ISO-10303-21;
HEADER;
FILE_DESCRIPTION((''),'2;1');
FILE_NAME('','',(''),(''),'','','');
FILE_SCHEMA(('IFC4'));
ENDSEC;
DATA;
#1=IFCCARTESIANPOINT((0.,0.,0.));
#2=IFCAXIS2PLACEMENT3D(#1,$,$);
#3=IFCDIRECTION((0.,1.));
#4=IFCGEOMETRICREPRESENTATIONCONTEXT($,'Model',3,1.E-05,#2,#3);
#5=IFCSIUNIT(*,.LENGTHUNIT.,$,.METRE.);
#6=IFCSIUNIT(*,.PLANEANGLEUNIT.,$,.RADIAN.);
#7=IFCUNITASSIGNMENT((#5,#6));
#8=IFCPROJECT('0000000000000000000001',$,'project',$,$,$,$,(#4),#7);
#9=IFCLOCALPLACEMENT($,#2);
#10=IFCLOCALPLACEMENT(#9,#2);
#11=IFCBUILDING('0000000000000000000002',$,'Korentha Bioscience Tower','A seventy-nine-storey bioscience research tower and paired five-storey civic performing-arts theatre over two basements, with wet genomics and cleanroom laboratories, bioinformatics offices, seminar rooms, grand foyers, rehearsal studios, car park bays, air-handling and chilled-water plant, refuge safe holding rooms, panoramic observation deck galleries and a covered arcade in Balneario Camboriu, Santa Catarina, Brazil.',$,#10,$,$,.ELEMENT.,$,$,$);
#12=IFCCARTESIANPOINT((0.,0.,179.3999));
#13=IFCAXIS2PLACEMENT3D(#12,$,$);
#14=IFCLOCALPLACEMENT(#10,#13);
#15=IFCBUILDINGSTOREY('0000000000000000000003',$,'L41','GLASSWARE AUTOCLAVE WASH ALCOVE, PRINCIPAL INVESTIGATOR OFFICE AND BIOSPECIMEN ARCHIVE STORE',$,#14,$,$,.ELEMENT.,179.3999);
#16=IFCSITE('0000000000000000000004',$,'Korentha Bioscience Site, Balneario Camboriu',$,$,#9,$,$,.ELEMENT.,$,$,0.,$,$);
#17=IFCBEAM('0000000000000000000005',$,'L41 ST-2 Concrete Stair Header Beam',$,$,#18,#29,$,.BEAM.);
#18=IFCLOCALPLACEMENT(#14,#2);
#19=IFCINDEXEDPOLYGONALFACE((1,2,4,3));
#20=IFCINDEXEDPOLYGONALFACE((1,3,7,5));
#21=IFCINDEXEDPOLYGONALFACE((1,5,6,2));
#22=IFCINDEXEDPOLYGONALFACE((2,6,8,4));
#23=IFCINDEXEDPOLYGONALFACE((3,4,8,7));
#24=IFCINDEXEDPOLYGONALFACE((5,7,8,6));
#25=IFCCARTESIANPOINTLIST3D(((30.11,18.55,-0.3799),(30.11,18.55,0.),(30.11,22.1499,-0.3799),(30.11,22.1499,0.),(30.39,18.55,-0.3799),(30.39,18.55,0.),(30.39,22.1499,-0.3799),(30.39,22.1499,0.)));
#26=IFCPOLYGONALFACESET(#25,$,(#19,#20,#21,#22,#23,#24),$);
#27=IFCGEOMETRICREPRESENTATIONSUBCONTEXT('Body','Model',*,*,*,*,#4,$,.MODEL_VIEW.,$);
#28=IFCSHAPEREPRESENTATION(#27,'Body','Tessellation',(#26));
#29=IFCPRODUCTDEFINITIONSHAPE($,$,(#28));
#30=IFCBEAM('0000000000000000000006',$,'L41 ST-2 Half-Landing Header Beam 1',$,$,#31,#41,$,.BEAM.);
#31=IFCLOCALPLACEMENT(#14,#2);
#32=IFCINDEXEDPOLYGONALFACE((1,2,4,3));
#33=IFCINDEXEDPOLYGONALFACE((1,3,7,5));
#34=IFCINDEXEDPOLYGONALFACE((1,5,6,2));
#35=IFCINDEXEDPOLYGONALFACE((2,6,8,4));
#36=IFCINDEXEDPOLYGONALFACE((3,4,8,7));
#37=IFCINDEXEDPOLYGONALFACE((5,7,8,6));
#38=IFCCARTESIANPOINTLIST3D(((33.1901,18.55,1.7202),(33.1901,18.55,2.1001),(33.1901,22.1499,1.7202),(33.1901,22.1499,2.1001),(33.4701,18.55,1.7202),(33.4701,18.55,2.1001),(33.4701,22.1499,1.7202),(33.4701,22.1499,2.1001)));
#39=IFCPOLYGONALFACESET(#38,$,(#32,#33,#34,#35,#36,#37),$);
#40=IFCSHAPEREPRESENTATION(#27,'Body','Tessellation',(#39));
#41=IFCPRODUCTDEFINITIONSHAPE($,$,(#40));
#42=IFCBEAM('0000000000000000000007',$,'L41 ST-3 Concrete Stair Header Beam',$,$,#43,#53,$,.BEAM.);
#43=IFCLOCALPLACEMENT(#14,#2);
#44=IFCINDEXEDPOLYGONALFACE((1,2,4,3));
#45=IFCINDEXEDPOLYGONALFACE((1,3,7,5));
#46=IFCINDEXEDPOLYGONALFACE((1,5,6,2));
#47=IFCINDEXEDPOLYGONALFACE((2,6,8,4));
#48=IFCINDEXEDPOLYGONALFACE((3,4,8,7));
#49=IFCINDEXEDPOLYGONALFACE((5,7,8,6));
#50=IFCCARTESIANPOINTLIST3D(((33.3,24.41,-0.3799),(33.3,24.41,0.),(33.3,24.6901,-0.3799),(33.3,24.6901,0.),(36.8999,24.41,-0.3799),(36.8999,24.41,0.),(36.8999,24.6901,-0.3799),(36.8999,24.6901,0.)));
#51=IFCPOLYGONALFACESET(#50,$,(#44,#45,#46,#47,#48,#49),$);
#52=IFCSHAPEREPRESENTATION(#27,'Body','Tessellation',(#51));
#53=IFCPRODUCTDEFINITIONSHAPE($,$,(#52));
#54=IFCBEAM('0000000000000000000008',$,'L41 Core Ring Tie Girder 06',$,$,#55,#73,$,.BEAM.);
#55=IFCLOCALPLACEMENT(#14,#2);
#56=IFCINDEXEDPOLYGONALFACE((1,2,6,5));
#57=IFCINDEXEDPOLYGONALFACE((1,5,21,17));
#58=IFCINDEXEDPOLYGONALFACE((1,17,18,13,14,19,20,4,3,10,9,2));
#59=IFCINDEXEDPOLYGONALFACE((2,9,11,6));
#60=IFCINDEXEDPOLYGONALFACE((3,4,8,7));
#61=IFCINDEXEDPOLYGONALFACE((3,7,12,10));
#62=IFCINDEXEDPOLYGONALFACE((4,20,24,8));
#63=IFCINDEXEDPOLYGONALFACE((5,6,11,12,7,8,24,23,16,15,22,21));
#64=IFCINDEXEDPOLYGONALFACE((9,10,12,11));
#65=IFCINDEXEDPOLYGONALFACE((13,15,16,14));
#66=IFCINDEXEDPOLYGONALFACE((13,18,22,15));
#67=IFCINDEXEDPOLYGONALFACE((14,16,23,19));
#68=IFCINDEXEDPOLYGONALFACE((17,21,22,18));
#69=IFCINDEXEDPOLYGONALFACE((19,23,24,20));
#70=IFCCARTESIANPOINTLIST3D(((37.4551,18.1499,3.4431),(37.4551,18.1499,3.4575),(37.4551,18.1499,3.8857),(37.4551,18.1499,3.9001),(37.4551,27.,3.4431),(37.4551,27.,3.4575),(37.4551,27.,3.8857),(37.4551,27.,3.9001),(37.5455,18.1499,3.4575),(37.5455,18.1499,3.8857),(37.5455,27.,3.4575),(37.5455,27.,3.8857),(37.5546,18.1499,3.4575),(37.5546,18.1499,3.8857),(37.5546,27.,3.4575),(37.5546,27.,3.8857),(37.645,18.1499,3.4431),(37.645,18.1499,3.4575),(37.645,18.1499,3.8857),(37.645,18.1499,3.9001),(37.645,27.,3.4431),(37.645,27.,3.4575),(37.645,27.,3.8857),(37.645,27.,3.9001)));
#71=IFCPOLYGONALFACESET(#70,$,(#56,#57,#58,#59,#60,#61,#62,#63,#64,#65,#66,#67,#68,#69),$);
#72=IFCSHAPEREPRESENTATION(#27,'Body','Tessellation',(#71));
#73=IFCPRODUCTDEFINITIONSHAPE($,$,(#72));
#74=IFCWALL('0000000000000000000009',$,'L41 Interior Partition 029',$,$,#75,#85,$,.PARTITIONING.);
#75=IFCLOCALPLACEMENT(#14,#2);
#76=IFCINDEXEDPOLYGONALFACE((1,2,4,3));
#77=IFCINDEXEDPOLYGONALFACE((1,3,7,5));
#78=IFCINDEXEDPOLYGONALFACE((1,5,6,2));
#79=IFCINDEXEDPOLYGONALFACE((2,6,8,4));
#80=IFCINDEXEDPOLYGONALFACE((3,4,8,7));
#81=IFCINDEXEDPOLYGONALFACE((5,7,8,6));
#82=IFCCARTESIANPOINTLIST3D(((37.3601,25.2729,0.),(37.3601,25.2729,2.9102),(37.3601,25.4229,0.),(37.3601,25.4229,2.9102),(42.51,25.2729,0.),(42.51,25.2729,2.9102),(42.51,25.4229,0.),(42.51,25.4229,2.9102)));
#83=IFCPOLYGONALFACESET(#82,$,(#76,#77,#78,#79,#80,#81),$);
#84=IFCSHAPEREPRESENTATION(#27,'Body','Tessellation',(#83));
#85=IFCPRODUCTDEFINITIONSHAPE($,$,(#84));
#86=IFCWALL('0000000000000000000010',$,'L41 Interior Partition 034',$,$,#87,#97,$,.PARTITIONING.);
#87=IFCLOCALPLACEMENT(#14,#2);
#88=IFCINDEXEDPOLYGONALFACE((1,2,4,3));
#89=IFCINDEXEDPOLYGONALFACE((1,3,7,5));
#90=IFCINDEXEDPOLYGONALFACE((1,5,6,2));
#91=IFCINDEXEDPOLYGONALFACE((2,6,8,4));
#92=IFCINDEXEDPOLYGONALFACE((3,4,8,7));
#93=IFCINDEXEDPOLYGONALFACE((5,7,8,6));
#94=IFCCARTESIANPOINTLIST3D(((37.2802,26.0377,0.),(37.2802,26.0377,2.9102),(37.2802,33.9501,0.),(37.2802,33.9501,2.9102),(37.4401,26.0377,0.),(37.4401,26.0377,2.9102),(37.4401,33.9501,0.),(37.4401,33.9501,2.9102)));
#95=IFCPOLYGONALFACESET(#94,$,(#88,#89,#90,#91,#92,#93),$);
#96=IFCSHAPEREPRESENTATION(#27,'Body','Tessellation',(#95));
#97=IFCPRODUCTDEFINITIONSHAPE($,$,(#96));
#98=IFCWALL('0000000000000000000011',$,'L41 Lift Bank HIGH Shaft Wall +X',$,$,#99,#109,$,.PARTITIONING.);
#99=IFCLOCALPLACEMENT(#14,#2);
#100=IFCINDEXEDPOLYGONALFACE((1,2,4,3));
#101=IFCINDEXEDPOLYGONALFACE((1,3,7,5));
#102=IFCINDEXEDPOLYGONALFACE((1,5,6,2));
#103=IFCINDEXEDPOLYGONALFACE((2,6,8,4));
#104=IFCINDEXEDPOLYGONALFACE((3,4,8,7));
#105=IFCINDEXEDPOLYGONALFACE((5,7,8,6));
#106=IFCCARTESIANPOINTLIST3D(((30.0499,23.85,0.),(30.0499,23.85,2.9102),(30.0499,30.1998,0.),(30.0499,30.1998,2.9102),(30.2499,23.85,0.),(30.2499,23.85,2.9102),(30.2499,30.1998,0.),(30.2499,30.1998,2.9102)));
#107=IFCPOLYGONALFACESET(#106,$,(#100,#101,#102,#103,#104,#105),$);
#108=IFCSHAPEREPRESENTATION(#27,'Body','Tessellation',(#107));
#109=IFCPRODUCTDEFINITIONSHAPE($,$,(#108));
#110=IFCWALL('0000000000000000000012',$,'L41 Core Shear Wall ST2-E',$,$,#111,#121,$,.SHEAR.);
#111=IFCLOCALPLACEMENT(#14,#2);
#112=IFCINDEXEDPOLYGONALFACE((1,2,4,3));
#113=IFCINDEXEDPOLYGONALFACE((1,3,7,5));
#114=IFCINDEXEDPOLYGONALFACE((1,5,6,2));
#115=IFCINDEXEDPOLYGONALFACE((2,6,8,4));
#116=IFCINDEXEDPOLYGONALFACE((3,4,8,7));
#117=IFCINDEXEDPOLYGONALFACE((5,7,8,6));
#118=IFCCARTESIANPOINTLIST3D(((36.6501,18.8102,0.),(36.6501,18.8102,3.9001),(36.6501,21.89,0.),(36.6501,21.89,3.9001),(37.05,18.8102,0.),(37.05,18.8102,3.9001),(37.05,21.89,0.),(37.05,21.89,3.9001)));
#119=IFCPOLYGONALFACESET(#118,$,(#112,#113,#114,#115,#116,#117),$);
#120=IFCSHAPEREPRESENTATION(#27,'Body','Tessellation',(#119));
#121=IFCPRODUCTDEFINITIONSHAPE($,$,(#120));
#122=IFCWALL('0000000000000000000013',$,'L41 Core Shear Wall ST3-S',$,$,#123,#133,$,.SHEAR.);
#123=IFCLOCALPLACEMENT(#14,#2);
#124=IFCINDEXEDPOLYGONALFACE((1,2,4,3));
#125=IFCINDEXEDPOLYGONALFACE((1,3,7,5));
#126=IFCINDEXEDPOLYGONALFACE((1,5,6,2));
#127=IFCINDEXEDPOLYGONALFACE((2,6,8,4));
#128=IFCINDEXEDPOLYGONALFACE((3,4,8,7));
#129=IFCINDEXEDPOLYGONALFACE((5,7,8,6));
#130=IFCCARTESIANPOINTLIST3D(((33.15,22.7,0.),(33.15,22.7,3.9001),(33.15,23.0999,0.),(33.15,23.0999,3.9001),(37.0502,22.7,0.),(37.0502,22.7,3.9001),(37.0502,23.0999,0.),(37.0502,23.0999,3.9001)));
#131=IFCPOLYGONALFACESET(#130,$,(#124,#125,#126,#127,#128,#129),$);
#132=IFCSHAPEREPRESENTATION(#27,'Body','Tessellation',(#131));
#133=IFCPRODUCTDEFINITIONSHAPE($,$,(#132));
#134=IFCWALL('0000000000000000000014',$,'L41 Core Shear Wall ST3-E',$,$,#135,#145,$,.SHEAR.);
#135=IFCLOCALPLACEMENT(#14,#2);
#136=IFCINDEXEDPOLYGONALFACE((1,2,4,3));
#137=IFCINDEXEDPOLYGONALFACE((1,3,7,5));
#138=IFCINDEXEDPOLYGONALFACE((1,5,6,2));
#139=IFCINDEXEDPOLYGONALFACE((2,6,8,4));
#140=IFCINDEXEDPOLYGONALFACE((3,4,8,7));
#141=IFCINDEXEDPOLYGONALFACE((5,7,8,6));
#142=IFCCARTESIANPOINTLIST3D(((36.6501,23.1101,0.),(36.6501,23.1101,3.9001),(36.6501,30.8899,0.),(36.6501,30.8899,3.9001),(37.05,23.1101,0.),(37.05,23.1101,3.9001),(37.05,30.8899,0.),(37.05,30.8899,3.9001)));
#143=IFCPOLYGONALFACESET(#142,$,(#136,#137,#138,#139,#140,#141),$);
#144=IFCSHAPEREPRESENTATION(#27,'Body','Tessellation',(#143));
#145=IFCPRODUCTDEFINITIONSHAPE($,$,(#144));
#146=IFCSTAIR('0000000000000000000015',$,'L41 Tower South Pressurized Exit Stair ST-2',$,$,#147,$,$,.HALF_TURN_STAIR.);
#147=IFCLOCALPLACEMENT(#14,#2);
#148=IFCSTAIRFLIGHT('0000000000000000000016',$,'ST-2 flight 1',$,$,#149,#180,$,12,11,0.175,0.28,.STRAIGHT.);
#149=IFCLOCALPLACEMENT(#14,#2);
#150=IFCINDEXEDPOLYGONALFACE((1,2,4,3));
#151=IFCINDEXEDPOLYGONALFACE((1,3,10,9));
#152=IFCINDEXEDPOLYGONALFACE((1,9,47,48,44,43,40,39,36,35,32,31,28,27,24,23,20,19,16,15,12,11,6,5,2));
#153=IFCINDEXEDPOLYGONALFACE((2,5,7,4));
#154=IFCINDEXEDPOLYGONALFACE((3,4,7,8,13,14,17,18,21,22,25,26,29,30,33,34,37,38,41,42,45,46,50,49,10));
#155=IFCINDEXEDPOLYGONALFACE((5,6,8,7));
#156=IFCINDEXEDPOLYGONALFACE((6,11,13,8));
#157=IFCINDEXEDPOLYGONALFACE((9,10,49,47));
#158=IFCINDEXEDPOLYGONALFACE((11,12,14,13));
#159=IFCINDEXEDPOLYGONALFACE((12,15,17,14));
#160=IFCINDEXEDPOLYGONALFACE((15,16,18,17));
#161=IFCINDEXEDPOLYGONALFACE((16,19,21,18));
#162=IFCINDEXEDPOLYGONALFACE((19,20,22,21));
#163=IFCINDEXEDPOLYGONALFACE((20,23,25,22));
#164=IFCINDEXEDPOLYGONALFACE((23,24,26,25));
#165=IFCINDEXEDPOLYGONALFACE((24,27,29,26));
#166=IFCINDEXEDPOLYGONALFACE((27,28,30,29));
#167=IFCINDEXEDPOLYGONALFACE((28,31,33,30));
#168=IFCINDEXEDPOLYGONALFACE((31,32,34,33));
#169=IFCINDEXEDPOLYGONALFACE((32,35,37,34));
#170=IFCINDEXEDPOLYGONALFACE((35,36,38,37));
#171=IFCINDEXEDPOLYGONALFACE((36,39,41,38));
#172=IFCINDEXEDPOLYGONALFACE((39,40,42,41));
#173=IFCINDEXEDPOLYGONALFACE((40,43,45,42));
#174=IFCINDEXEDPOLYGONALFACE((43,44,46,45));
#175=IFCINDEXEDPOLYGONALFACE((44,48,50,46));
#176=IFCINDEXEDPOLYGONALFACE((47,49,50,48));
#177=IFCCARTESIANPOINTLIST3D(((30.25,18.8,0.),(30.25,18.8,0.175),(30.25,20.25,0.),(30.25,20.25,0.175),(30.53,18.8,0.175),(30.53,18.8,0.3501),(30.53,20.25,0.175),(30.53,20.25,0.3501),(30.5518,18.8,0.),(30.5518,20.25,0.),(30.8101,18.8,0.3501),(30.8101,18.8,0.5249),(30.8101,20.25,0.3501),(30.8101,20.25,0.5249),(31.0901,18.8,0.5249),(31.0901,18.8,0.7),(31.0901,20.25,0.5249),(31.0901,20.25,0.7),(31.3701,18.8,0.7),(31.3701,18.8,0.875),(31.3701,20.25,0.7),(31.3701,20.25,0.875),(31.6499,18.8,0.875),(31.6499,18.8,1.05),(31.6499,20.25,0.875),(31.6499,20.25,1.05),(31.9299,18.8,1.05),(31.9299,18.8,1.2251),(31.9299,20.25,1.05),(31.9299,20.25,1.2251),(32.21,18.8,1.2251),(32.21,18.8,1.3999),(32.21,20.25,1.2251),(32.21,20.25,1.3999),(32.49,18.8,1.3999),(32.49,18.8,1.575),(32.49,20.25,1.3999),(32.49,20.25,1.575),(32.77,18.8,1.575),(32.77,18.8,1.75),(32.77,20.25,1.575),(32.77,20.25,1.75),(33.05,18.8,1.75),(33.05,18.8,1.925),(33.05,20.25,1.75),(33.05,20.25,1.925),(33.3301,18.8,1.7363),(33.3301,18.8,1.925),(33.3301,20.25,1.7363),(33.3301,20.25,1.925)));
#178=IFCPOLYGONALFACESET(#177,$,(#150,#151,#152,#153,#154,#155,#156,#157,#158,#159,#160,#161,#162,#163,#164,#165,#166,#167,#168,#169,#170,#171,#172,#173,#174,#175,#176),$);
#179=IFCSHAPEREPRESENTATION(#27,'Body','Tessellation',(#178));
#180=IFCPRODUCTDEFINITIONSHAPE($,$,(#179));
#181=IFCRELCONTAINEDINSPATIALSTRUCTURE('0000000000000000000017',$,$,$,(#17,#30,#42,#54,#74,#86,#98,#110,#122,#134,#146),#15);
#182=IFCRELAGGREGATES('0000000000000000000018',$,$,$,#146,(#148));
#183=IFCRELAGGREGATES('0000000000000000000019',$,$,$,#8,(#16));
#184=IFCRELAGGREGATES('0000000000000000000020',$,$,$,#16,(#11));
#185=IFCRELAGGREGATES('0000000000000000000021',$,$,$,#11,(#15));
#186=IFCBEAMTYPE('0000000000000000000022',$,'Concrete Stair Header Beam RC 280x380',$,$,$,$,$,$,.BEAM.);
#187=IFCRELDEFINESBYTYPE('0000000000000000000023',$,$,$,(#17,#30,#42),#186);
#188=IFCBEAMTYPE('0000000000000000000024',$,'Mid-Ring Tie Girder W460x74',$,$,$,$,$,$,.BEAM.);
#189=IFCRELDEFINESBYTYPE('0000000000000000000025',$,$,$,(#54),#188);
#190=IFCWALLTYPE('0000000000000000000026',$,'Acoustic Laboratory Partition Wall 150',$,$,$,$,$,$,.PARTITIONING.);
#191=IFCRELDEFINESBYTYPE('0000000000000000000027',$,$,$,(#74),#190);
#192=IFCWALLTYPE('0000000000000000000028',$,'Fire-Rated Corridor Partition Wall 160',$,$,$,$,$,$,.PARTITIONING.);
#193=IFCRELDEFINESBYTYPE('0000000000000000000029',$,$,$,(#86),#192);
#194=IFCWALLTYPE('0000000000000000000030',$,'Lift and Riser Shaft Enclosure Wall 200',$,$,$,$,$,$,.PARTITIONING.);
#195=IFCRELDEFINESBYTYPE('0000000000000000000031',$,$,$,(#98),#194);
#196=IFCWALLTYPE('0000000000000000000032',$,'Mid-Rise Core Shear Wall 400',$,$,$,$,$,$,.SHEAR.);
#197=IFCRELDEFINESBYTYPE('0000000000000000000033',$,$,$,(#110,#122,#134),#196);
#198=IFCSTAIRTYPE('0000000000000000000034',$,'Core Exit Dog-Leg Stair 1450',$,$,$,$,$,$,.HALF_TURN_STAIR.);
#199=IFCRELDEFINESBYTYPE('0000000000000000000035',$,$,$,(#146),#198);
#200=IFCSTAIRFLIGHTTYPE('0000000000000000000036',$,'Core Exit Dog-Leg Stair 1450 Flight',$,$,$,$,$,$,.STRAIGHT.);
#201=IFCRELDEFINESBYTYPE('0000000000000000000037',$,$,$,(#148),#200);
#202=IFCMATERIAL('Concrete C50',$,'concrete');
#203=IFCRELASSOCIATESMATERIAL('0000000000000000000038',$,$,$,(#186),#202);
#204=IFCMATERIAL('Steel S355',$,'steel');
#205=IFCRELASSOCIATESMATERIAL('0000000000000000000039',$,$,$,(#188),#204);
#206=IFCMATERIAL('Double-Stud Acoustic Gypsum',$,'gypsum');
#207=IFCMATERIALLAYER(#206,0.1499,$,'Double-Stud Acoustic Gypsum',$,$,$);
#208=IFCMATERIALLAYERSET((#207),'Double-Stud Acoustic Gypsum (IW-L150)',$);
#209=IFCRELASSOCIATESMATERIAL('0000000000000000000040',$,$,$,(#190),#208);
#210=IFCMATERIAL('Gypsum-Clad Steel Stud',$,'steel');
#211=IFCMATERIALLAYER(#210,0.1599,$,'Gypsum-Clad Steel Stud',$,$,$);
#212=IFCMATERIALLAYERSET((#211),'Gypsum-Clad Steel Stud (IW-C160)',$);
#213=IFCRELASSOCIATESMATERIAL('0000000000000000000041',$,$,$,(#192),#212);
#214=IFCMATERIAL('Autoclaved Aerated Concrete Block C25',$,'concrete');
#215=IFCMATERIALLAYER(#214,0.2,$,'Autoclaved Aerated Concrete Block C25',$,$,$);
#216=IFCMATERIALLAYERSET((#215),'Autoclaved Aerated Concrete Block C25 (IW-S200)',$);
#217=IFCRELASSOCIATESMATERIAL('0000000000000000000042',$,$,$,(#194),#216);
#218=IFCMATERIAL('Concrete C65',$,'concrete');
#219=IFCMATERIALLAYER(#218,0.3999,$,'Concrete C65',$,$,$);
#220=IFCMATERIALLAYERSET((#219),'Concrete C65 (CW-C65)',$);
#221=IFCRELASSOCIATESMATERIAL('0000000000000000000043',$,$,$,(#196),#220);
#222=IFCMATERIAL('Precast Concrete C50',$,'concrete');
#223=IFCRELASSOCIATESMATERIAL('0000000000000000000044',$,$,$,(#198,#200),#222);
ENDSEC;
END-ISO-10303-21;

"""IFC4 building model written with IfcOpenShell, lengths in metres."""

from ifc_helpers import new_model, si_unit, direction, frame, frame_2d, origin, origin_2d, place, context, subcontext, project, spatial, polyline, rectangle, i_section, outline, extrude, material, layer, layer_set, material_profile, profile_set, type_object, element, aggregate, save


model = new_model("IFC4")

# Units and contexts
model_context = context("Model", 3, precision=1e-05, world=origin(), true_north=direction((0.0, 1.0)))
body_context = subcontext(model_context, "Body", "Model", "MODEL_VIEW")
ifc_project = project(units=[si_unit("LENGTHUNIT", "METRE"), si_unit("PLANEANGLEUNIT", "RADIAN")], contexts=[model_context])

# Site, building, storey
site_placement = place(None, origin())
site = spatial("IfcSite", under=ifc_project, at=site_placement, Name="Korentha Bioscience Site, Balneario Camboriu", CompositionType="ELEMENT", RefElevation=0.0)
building_placement = place(site_placement, origin())
building = spatial("IfcBuilding", under=site, at=building_placement, Name="Korentha Bioscience Tower", Description="A seventy-nine-storey bioscience research tower and paired five-storey civic performing-arts theatre over two basements, with wet genomics and cleanroom laboratories, bioinformatics offices, seminar rooms, grand foyers, rehearsal studios, car park bays, air-handling and chilled-water plant, refuge safe holding rooms, panoramic observation deck galleries and a covered arcade in Balneario Camboriu, Santa Catarina, Brazil.", CompositionType="ELEMENT")
storey_placement = place(building_placement, frame((0.0, 0.0, 179.3999)))
storey = spatial("IfcBuildingStorey", under=building, at=storey_placement, Name="L41", Description="GLASSWARE AUTOCLAVE WASH ALCOVE, PRINCIPAL INVESTIGATOR OFFICE AND BIOSPECIMEN ARCHIVE STORE", CompositionType="ELEMENT", Elevation=179.3999)

# Beams
ifc_material_1 = material(Name="Concrete C50", Category="concrete")
ifc_material_profile_1 = material_profile(ifc_material_1, rectangle(XDim=0.28, YDim=0.3799, at=origin_2d()), Name="Concrete C50")
ifc_profile_set_1 = profile_set([ifc_material_profile_1], Name="Concrete C50 (ST-HB380)")
beam_type_1 = type_object("IfcBeamType", Name="Concrete Stair Header Beam RC 280x380", PredefinedType="BEAM", material=ifc_profile_set_1)
for number, where, z_axis, x_axis, name in (
    (1, (30.25, 18.55, -0.1899), (0.0, 1.0, 0.0), (-1.0, 0.0, 0.0), "L41 ST-2 Concrete Stair Header Beam"),
    (2, (33.3301, 18.55, 1.9102), (0.0, 1.0, 0.0), (-1.0, 0.0, 0.0), "L41 ST-2 Half-Landing Header Beam 1"),
    (3, (36.8999, 24.55, -0.1899), (-1.0, 0.0, 0.0), (0.0, -1.0, 0.0), "L41 ST-3 Concrete Stair Header Beam"),
):
    element("IfcBeam", number, at=place(storey_placement, frame(where, z_axis=z_axis, x_axis=x_axis)), inside=storey, type_object=beam_type_1, Name=name, PredefinedType="BEAM", context=body_context, shape_type="SweptSolid", body=[
        extrude(rectangle(XDim=0.28, YDim=0.3799, at=origin_2d()), origin(), (0.0, 0.0, 1.0), 3.5999),
    ])
ifc_material_2 = material(Name="Steel S355", Category="steel")
ifc_material_profile_2 = material_profile(ifc_material_2, i_section(OverallWidth=0.1899, OverallDepth=0.457, WebThickness=0.009, FlangeThickness=0.0144, at=origin_2d()), Name="Steel S355")
ifc_profile_set_2 = profile_set([ifc_material_profile_2], Name="Steel S355 (MB-460)")
beam_type_2 = type_object("IfcBeamType", Name="Mid-Ring Tie Girder W460x74", PredefinedType="BEAM", material=ifc_profile_set_2)
beam_placement = place(storey_placement, frame((37.55, 18.1499, 3.6716), z_axis=(0.0, 1.0, 0.0), x_axis=(-1.0, 0.0, 0.0)))
element("IfcBeam", 4, at=beam_placement, inside=storey, type_object=beam_type_2, Name="L41 Core Ring Tie Girder 06", PredefinedType="BEAM", context=body_context, shape_type="SweptSolid", body=[
    extrude(i_section(OverallWidth=0.1899, OverallDepth=0.457, WebThickness=0.009, FlangeThickness=0.0144, at=origin_2d()), origin(), (0.0, 0.0, 1.0), 8.8501),
])

# Walls
ifc_material_3 = material(Name="Double-Stud Acoustic Gypsum", Category="gypsum")
ifc_layer_1 = layer(ifc_material_3, 0.1499, Name="Double-Stud Acoustic Gypsum")
ifc_layer_set_1 = layer_set([ifc_layer_1], Name="Double-Stud Acoustic Gypsum (IW-L150)")
wall_type_1 = type_object("IfcWallType", Name="Acoustic Laboratory Partition Wall 150", PredefinedType="PARTITIONING", material=ifc_layer_set_1)
wall_1_placement = place(storey_placement, frame((37.3601, 25.3479, 0.0), z_axis=(0.0, 0.0, 1.0), x_axis=(1.0, 0.0, 0.0)))
element("IfcWall", 5, at=wall_1_placement, inside=storey, type_object=wall_type_1, Name="L41 Interior Partition 029", PredefinedType="PARTITIONING", context=body_context, shape_type="SweptSolid", body=[
    extrude(rectangle(XDim=5.1499, YDim=0.1499, at=frame_2d((2.575, 0.0))), origin(), (0.0, 0.0, 1.0), 2.9102),
])
ifc_material_4 = material(Name="Gypsum-Clad Steel Stud", Category="steel")
ifc_layer_2 = layer(ifc_material_4, 0.1599, Name="Gypsum-Clad Steel Stud")
ifc_layer_set_2 = layer_set([ifc_layer_2], Name="Gypsum-Clad Steel Stud (IW-C160)")
wall_type_2 = type_object("IfcWallType", Name="Fire-Rated Corridor Partition Wall 160", PredefinedType="PARTITIONING", material=ifc_layer_set_2)
wall_2_placement = place(storey_placement, frame((37.3601, 26.0378, 0.0), z_axis=(0.0, 0.0, 1.0), x_axis=(0.0, 1.0, 0.0)))
element("IfcWall", 6, at=wall_2_placement, inside=storey, type_object=wall_type_2, Name="L41 Interior Partition 034", PredefinedType="PARTITIONING", context=body_context, shape_type="SweptSolid", body=[
    extrude(rectangle(XDim=7.9124, YDim=0.1599, at=frame_2d((3.9561, 0.0))), origin(), (0.0, 0.0, 1.0), 2.9102),
])
ifc_material_5 = material(Name="Autoclaved Aerated Concrete Block C25", Category="concrete")
ifc_layer_3 = layer(ifc_material_5, 0.2, Name="Autoclaved Aerated Concrete Block C25")
ifc_layer_set_3 = layer_set([ifc_layer_3], Name="Autoclaved Aerated Concrete Block C25 (IW-S200)")
wall_type_3 = type_object("IfcWallType", Name="Lift and Riser Shaft Enclosure Wall 200", PredefinedType="PARTITIONING", material=ifc_layer_set_3)
wall_3_placement = place(storey_placement, frame((30.1499, 23.8501, 0.0), z_axis=(0.0, 0.0, 1.0), x_axis=(0.0, 1.0, 0.0)))
element("IfcWall", 7, at=wall_3_placement, inside=storey, type_object=wall_type_3, Name="L41 Lift Bank HIGH Shaft Wall +X", PredefinedType="PARTITIONING", context=body_context, shape_type="SweptSolid", body=[
    extrude(rectangle(XDim=6.3499, YDim=0.2, at=frame_2d((3.1748, 0.0))), origin(), (0.0, 0.0, 1.0), 2.9102),
])
ifc_material_6 = material(Name="Concrete C65", Category="concrete")
ifc_layer_4 = layer(ifc_material_6, 0.3999, Name="Concrete C65")
ifc_layer_set_4 = layer_set([ifc_layer_4], Name="Concrete C65 (CW-C65)")
wall_type_4 = type_object("IfcWallType", Name="Mid-Rise Core Shear Wall 400", PredefinedType="SHEAR", material=ifc_layer_set_4)
wall_4_placement = place(storey_placement, frame((36.8501, 18.8101, 0.0), z_axis=(0.0, 0.0, 1.0), x_axis=(0.0, 1.0, 0.0)))
element("IfcWall", 8, at=wall_4_placement, inside=storey, type_object=wall_type_4, Name="L41 Core Shear Wall ST2-E", PredefinedType="SHEAR", context=body_context, shape_type="SweptSolid", body=[
    extrude(rectangle(XDim=3.0798, YDim=0.3999, at=frame_2d((1.54, 0.0))), origin(), (0.0, 0.0, 1.0), 3.9001),
])
wall_5_placement = place(storey_placement, frame((33.1499, 22.8999, 0.0), z_axis=(0.0, 0.0, 1.0), x_axis=(1.0, 0.0, 0.0)))
element("IfcWall", 9, at=wall_5_placement, inside=storey, type_object=wall_type_4, Name="L41 Core Shear Wall ST3-S", PredefinedType="SHEAR", context=body_context, shape_type="SweptSolid", body=[
    extrude(rectangle(XDim=3.9001, YDim=0.3999, at=frame_2d((1.9502, 0.0))), origin(), (0.0, 0.0, 1.0), 3.9001),
])
wall_6_placement = place(storey_placement, frame((36.8501, 23.1101, 0.0), z_axis=(0.0, 0.0, 1.0), x_axis=(0.0, 1.0, 0.0)))
element("IfcWall", 10, at=wall_6_placement, inside=storey, type_object=wall_type_4, Name="L41 Core Shear Wall ST3-E", PredefinedType="SHEAR", context=body_context, shape_type="SweptSolid", body=[
    extrude(rectangle(XDim=7.7798, YDim=0.3999, at=frame_2d((3.8899, 0.0))), origin(), (0.0, 0.0, 1.0), 3.9001),
])

# Stair, stair flight
ifc_material_7 = material(Name="Precast Concrete C50", Category="concrete")
stair_type = type_object("IfcStairType", Name="Core Exit Dog-Leg Stair 1450", PredefinedType="HALF_TURN_STAIR", material=ifc_material_7)
stair_1_placement = place(storey_placement, origin())
stair_1 = element("IfcStair", 11, at=stair_1_placement, inside=storey, type_object=stair_type, Name="L41 Tower South Pressurized Exit Stair ST-2", PredefinedType="HALF_TURN_STAIR")
stair_flight_type = type_object("IfcStairFlightType", Name="Core Exit Dog-Leg Stair 1450 Flight", PredefinedType="STRAIGHT", material=ifc_material_7)
stair_flight_1_placement = place(storey_placement, frame((30.25, 19.5249, 0.0), z_axis=(0.0, 0.0, 1.0), x_axis=(1.0, 0.0, 0.0)))
stair_flight_1 = element("IfcStairFlight", 12, at=stair_flight_1_placement, type_object=stair_flight_type, Name="ST-2 flight 1", NumberOfRisers=12, NumberOfTreads=11, PredefinedType="STRAIGHT", RiserHeight=0.175, TreadLength=0.28, context=body_context, shape_type="SweptSolid", body=[
    extrude(outline(polyline([(0.0, 0.0), (0.0, 0.175), (0.28, 0.175), (0.28, 0.3501), (0.5601, 0.3501), (0.5601, 0.5249), (0.8401, 0.5249), (0.8401, 0.7), (1.1201, 0.7), (1.1201, 0.875), (1.3999, 0.875), (1.3999, 1.05), (1.6799, 1.05), (1.6799, 1.2251), (1.96, 1.2251), (1.96, 1.3999), (2.24, 1.3999), (2.24, 1.575), (2.52, 1.575), (2.52, 1.75), (2.8, 1.75), (2.8, 1.925), (3.0801, 1.925), (3.0801, 2.1001), (3.0801, 1.7363), (0.3018, 0.0), (0.0, 0.0)])), frame((0.0, 0.7251, 0.0), z_axis=(0.0, -1.0, 0.0), x_axis=(1.0, 0.0, 0.0)), (0.0, 0.0, 1.0), 1.45),
])
aggregate(stair_1, [stair_flight_1])

save(model, "model.ifc")
